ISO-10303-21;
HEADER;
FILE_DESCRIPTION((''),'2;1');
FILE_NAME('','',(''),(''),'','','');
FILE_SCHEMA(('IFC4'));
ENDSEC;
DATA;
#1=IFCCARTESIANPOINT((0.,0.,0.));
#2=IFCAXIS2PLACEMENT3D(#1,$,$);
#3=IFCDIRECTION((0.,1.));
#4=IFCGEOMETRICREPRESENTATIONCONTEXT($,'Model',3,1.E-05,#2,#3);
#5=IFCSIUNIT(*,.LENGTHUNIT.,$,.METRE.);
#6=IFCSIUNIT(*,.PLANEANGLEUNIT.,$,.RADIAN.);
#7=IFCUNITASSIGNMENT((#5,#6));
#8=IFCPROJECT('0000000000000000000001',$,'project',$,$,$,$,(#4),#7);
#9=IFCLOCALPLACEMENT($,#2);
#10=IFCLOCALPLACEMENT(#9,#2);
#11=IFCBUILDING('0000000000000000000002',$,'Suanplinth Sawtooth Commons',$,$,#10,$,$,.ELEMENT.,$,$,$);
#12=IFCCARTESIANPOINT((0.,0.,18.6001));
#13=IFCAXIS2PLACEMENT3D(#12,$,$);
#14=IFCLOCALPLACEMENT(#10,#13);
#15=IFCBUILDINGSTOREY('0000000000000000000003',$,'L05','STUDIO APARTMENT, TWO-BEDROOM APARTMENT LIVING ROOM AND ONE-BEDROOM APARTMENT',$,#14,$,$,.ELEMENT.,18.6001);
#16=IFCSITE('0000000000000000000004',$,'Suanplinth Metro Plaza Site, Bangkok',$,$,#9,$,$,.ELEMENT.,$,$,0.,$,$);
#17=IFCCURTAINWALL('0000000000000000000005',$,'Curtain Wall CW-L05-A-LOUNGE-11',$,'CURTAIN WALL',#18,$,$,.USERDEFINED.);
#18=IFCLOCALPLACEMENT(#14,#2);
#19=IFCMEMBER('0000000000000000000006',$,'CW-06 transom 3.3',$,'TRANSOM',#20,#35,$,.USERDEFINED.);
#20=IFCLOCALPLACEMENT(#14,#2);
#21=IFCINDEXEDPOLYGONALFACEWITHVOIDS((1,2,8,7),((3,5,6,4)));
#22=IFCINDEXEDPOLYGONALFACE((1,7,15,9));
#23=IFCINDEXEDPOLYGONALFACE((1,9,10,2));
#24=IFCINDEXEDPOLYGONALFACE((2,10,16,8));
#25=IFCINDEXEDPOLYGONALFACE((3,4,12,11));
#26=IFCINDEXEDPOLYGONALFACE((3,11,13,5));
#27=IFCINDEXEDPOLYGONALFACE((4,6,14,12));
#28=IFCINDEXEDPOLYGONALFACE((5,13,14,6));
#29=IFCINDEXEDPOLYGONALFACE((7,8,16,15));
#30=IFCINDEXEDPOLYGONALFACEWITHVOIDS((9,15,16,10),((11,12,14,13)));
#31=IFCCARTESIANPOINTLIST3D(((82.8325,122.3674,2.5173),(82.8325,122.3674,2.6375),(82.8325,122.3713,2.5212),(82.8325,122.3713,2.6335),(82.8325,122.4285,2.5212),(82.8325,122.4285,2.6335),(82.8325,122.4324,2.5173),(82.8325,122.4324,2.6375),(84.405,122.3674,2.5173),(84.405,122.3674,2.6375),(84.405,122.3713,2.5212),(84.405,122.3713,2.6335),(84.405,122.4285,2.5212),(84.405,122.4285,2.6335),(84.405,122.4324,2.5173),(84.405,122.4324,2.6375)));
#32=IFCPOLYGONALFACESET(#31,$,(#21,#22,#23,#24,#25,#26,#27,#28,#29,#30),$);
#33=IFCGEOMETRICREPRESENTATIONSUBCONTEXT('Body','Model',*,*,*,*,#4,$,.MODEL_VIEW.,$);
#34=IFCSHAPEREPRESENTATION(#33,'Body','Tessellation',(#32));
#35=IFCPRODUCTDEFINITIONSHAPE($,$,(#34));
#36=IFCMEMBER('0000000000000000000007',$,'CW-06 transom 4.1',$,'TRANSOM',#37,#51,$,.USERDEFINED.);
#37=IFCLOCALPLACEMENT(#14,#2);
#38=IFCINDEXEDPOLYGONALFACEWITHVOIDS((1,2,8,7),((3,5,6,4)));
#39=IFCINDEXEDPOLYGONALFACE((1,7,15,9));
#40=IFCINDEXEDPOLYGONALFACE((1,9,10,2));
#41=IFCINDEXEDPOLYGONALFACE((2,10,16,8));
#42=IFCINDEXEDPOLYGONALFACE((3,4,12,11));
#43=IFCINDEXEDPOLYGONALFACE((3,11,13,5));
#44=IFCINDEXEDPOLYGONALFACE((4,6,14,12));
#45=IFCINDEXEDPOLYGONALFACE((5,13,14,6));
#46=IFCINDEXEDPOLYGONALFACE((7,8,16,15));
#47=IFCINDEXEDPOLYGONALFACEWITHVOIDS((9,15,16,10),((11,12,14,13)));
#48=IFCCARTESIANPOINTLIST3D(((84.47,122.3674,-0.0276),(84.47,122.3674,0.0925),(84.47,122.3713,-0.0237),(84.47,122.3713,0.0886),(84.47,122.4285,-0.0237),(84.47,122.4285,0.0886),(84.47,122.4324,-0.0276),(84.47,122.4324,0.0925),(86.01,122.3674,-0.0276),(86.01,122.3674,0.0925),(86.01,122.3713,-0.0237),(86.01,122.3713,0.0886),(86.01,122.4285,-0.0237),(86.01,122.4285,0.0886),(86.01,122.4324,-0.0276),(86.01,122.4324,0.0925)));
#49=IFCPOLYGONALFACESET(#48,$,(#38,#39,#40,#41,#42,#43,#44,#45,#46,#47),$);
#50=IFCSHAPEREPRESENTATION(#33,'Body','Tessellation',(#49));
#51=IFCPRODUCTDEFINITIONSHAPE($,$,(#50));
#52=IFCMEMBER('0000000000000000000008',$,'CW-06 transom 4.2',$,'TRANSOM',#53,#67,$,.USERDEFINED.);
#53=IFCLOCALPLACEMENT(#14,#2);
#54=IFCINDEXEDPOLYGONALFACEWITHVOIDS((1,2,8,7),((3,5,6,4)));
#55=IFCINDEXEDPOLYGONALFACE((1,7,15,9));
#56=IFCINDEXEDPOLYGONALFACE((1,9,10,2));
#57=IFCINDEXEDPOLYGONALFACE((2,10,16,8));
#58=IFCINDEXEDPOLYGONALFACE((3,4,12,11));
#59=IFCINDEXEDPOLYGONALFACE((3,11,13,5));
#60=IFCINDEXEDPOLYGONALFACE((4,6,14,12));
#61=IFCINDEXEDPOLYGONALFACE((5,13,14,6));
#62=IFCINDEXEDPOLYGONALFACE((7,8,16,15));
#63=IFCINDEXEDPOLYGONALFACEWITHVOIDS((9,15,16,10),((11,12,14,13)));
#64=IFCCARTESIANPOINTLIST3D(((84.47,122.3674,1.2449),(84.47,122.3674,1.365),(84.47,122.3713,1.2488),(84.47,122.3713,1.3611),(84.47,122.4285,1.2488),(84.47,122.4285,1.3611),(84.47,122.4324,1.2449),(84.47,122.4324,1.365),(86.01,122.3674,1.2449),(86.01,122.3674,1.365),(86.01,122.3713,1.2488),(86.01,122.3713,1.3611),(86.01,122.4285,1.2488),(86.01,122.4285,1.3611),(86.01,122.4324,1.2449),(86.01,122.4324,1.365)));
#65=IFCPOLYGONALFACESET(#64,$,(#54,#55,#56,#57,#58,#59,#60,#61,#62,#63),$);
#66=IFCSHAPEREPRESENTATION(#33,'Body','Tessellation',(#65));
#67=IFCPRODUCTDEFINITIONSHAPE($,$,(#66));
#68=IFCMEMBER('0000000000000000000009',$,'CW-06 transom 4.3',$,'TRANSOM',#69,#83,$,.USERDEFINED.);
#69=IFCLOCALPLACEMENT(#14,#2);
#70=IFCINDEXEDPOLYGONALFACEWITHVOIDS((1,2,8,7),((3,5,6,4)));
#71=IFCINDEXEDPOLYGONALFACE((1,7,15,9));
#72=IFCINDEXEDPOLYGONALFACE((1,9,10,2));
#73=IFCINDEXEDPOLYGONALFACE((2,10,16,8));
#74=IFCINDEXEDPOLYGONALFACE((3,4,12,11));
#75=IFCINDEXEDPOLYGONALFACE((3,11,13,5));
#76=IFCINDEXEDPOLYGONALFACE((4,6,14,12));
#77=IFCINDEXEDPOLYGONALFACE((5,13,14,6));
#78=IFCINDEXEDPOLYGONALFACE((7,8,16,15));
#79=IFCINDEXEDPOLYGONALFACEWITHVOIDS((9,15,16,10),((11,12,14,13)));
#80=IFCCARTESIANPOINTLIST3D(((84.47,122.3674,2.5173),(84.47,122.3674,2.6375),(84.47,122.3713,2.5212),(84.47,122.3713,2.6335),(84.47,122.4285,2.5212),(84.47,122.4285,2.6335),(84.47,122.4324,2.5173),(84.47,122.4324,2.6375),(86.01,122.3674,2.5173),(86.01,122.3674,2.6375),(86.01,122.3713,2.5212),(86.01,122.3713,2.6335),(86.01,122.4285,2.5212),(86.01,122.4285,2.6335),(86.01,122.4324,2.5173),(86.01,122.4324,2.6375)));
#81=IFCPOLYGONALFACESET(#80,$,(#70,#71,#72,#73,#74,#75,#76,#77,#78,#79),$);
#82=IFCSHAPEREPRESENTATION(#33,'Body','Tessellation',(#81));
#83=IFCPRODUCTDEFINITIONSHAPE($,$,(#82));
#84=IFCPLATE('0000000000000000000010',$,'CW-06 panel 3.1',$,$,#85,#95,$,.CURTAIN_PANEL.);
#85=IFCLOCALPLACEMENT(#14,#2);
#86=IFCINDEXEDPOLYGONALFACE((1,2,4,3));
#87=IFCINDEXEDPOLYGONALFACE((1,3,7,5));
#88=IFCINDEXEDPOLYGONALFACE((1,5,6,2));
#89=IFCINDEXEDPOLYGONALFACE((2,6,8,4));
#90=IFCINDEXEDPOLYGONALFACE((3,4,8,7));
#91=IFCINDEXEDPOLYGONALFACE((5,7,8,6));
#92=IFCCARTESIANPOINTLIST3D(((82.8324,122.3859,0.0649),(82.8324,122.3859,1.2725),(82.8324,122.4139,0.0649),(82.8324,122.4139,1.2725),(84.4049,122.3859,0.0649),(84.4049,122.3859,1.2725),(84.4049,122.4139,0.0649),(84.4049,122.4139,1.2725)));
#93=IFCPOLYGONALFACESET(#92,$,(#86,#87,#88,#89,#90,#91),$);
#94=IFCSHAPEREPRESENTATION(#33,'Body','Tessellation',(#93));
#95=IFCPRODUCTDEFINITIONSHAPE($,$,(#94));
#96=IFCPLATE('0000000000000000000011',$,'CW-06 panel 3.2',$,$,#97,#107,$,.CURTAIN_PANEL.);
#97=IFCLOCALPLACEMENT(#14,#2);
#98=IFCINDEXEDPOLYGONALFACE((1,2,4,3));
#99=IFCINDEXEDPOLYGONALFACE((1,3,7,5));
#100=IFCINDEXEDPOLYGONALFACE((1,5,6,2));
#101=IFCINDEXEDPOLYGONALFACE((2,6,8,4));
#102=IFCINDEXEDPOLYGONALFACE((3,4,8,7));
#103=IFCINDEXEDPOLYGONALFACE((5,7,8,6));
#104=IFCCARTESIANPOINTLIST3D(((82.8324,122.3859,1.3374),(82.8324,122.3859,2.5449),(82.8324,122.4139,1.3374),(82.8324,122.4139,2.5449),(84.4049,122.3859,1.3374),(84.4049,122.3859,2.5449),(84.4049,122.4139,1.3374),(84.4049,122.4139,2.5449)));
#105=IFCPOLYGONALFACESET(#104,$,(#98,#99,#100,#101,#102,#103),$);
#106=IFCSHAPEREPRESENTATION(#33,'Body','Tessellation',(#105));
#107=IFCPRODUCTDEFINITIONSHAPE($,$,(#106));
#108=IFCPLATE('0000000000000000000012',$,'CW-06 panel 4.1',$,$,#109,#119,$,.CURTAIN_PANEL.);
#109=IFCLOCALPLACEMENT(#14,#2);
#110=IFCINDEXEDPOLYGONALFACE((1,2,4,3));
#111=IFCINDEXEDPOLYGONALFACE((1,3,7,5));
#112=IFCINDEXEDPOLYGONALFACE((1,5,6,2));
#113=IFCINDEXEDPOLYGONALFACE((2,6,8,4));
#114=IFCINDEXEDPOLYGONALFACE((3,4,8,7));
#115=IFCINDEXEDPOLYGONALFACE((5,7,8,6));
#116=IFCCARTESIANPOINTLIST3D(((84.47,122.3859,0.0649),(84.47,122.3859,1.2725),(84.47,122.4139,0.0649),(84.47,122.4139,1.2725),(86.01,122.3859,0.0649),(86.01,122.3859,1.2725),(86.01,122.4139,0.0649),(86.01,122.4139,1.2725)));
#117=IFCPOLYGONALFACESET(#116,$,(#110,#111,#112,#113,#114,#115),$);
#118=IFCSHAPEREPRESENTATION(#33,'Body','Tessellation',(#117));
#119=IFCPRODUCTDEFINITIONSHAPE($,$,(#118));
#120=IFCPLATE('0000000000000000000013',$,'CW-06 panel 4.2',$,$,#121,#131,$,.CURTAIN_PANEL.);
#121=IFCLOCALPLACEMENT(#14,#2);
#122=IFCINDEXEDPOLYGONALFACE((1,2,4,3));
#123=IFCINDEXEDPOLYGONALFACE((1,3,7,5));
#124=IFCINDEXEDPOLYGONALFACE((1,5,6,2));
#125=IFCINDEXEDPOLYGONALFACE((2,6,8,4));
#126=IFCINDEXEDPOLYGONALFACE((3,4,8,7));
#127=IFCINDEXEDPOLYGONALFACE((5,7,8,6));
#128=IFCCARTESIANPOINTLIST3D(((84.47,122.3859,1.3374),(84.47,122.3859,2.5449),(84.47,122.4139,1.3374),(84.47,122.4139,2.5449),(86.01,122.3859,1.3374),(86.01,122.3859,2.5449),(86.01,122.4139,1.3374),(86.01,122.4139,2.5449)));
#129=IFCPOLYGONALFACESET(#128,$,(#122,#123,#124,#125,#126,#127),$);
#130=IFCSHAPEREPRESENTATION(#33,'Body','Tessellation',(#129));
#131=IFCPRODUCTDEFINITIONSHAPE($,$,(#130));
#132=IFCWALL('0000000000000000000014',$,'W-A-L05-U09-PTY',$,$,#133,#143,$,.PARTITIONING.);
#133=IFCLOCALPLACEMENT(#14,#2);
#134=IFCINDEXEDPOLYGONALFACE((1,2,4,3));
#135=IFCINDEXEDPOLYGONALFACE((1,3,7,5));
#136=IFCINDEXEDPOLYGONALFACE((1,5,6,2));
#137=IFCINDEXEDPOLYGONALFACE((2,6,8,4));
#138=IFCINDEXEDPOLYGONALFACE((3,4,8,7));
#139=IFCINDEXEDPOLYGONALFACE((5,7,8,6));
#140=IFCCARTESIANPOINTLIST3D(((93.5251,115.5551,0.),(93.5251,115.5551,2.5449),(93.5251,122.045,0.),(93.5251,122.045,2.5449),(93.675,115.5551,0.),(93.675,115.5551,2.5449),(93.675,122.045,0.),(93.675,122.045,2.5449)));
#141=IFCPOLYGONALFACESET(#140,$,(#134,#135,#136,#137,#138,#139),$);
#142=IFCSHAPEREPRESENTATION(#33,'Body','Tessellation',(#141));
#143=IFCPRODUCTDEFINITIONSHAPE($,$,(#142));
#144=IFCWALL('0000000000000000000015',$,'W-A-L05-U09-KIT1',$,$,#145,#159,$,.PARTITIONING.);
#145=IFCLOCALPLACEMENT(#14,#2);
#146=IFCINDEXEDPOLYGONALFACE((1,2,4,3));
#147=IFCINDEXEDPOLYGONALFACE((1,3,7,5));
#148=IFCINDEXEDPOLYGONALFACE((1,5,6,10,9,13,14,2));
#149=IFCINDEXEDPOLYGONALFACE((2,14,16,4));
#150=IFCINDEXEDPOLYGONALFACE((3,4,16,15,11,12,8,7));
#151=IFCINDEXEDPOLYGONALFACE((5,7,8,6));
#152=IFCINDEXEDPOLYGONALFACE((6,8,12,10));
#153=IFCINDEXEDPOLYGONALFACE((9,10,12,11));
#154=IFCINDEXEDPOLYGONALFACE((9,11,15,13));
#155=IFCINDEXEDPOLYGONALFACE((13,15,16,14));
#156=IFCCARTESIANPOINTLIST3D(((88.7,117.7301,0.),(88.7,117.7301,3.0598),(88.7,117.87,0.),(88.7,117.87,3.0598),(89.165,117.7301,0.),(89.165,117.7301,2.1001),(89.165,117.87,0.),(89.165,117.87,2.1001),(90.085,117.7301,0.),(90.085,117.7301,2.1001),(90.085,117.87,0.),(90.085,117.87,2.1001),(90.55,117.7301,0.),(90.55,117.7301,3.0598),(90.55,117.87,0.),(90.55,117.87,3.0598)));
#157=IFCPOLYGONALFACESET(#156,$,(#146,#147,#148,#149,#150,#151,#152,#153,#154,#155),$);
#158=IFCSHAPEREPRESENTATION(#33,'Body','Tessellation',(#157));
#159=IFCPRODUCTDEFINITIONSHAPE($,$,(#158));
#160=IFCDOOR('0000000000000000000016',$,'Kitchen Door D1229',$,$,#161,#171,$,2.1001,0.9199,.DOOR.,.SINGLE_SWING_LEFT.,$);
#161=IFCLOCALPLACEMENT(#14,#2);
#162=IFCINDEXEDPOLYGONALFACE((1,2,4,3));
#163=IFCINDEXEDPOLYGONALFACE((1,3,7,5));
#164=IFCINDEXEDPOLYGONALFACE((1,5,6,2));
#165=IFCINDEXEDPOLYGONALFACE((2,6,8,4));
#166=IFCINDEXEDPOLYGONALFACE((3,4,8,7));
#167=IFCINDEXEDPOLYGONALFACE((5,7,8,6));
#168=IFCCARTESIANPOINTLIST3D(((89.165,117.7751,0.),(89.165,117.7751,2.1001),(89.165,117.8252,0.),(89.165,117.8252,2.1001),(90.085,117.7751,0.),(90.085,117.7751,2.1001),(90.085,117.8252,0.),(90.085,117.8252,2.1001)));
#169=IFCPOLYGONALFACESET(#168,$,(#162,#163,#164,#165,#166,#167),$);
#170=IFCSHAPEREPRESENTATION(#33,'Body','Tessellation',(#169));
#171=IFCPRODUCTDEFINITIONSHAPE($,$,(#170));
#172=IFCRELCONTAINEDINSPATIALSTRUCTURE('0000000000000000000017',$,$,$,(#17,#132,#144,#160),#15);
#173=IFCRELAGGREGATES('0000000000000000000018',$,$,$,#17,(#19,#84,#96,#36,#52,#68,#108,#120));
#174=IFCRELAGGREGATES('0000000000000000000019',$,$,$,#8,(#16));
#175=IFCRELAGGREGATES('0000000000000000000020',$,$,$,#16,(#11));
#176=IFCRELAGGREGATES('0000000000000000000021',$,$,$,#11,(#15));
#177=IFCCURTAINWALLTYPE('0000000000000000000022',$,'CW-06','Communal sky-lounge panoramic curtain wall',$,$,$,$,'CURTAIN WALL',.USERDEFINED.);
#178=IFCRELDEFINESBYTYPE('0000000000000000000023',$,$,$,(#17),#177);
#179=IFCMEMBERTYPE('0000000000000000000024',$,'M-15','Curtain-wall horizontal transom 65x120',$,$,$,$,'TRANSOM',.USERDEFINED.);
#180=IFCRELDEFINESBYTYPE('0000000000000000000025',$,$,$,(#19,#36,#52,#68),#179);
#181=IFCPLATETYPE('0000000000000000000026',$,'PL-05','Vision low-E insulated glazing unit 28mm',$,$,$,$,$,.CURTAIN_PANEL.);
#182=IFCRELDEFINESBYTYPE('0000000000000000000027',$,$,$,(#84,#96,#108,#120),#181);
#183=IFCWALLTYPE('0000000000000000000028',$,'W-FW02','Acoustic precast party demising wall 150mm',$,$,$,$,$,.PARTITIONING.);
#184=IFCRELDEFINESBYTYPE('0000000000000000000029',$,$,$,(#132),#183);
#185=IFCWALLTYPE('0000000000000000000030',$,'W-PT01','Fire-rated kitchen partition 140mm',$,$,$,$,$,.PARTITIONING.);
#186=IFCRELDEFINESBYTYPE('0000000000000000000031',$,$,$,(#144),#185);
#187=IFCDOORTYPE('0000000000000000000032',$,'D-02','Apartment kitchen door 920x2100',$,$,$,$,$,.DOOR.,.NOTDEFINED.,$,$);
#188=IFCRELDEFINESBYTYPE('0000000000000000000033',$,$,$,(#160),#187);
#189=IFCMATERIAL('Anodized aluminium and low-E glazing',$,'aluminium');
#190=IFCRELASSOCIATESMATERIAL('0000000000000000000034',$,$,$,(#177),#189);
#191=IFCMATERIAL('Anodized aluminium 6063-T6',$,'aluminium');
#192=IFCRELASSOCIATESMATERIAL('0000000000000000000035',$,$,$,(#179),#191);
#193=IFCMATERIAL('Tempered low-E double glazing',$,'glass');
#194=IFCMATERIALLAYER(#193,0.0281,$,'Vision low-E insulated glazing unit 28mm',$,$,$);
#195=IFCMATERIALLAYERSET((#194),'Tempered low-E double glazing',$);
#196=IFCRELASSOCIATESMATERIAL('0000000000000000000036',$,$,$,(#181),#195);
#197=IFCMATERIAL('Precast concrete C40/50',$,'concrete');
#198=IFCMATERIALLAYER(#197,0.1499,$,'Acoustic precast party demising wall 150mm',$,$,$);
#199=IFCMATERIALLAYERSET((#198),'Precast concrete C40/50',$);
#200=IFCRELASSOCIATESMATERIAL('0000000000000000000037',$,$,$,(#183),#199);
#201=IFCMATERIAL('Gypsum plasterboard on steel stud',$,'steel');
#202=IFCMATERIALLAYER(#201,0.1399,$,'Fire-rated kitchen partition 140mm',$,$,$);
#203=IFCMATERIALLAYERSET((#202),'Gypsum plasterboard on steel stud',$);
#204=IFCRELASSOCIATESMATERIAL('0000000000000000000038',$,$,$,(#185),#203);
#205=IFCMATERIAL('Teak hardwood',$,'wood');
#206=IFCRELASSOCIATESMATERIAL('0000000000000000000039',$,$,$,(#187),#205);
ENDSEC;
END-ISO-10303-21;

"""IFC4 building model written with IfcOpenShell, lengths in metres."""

from ifc_helpers import new_model, si_unit, direction, frame, frame_2d, origin, origin_2d, place, context, subcontext, project, spatial, rectangle, hollow_rectangle, extrude, material, layer, layer_set, material_profile, profile_set, type_object, element, fill, aggregate, save


model = new_model("IFC4")

# Units and contexts
model_context = context("Model", 3, precision=1e-05, world=origin(), true_north=direction((0.0, 1.0)))
body_context = subcontext(model_context, "Body", "Model", "MODEL_VIEW")
ifc_project = project(units=[si_unit("LENGTHUNIT", "METRE"), si_unit("PLANEANGLEUNIT", "RADIAN")], contexts=[model_context])

# Site, building, storey
site_placement = place(None, origin())
site = spatial("IfcSite", under=ifc_project, at=site_placement, Name="Suanplinth Metro Plaza Site, Bangkok", CompositionType="ELEMENT", RefElevation=0.0)
building_placement = place(site_placement, origin())
building = spatial("IfcBuilding", under=site, at=building_placement, Name="Suanplinth Sawtooth Commons", CompositionType="ELEMENT")
storey_placement = place(building_placement, frame((0.0, 0.0, 18.6001)))
storey = spatial("IfcBuildingStorey", under=building, at=storey_placement, Name="L05", Description="STUDIO APARTMENT, TWO-BEDROOM APARTMENT LIVING ROOM AND ONE-BEDROOM APARTMENT", CompositionType="ELEMENT", Elevation=18.6001)

# Shared definitions
ifc_material_1 = material(Name="Precast concrete C40/50", Category="concrete")

# Curtain wall, members, plates
ifc_material_2 = material(Name="Anodized aluminium and low-E glazing", Category="aluminium")
curtain_wall_type = type_object("IfcCurtainWallType", Name="CW-06", Description="Communal sky-lounge panoramic curtain wall", ElementType="CURTAIN WALL", PredefinedType="USERDEFINED", material=ifc_material_2)
curtain_wall_placement = place(storey_placement, origin())
curtain_wall = element("IfcCurtainWall", 1, at=curtain_wall_placement, inside=storey, type_object=curtain_wall_type, Name="Curtain Wall CW-L05-A-LOUNGE-11", ObjectType="CURTAIN WALL", PredefinedType="USERDEFINED")
ifc_material_3 = material(Name="Anodized aluminium 6063-T6", Category="aluminium")
ifc_material_profile_1 = material_profile(ifc_material_3, hollow_rectangle(XDim=0.0649, YDim=0.1201, WallThickness=0.0039, at=origin_2d()), Name="ALU-TRN 65x120")
ifc_profile_set_1 = profile_set([ifc_material_profile_1], Name="Anodized aluminium 6063-T6")
member_type_1 = type_object("IfcMemberType", Name="M-15", Description="Curtain-wall horizontal transom 65x120", ElementType="TRANSOM", PredefinedType="USERDEFINED", material=ifc_profile_set_1)
member_1_placement = place(storey_placement, frame((82.8325, 122.3999, 2.5774), z_axis=(1.0, 0.0, 0.0), x_axis=(0.0, 1.0, 0.0)))
member_1 = element("IfcMember", 2, at=member_1_placement, type_object=member_type_1, Name="CW-06 transom 3.3", ObjectType="TRANSOM", PredefinedType="USERDEFINED", context=body_context, shape_type="SweptSolid", body=[
    extrude(hollow_rectangle(XDim=0.0649, YDim=0.1201, WallThickness=0.0039, at=origin_2d()), origin(), (0.0, 0.0, 1.0), 1.5725),
])
member_2_placement = place(storey_placement, frame((84.47, 122.3999, 0.0325), z_axis=(1.0, 0.0, 0.0), x_axis=(0.0, 1.0, 0.0)))
member_2 = element("IfcMember", 3, at=member_2_placement, type_object=member_type_1, Name="CW-06 transom 4.1", ObjectType="TRANSOM", PredefinedType="USERDEFINED", context=body_context, shape_type="SweptSolid", body=[
    extrude(hollow_rectangle(XDim=0.0649, YDim=0.1201, WallThickness=0.0039, at=origin_2d()), origin(), (0.0, 0.0, 1.0), 1.54),
])
member_3_placement = place(storey_placement, frame((84.47, 122.3999, 1.3049), z_axis=(1.0, 0.0, 0.0), x_axis=(0.0, 1.0, 0.0)))
member_3 = element("IfcMember", 4, at=member_3_placement, type_object=member_type_1, Name="CW-06 transom 4.2", ObjectType="TRANSOM", PredefinedType="USERDEFINED", context=body_context, shape_type="SweptSolid", body=[
    extrude(hollow_rectangle(XDim=0.0649, YDim=0.1201, WallThickness=0.0039, at=origin_2d()), origin(), (0.0, 0.0, 1.0), 1.54),
])
member_4_placement = place(storey_placement, frame((84.47, 122.3999, 2.5774), z_axis=(1.0, 0.0, 0.0), x_axis=(0.0, 1.0, 0.0)))
member_4 = element("IfcMember", 5, at=member_4_placement, type_object=member_type_1, Name="CW-06 transom 4.3", ObjectType="TRANSOM", PredefinedType="USERDEFINED", context=body_context, shape_type="SweptSolid", body=[
    extrude(hollow_rectangle(XDim=0.0649, YDim=0.1201, WallThickness=0.0039, at=origin_2d()), origin(), (0.0, 0.0, 1.0), 1.54),
])
ifc_material_4 = material(Name="Tempered low-E double glazing", Category="glass")
ifc_layer_1 = layer(ifc_material_4, 0.0281, Name="Vision low-E insulated glazing unit 28mm")
ifc_layer_set_1 = layer_set([ifc_layer_1], Name="Tempered low-E double glazing")
plate_type = type_object("IfcPlateType", Name="PL-05", Description="Vision low-E insulated glazing unit 28mm", PredefinedType="CURTAIN_PANEL", material=ifc_layer_set_1)
plate_1_placement = place(storey_placement, frame((83.6187, 122.3999, 0.0649), z_axis=(0.0, 0.0, 1.0), x_axis=(1.0, 0.0, 0.0)))
plate_1 = element("IfcPlate", 6, at=plate_1_placement, type_object=plate_type, Name="CW-06 panel 3.1", PredefinedType="CURTAIN_PANEL", context=body_context, shape_type="SweptSolid", body=[
    extrude(rectangle(XDim=1.5725, YDim=0.0281, at=origin_2d()), origin(), (0.0, 0.0, 1.0), 1.2075),
])
plate_2_placement = place(storey_placement, frame((83.6187, 122.3999, 1.3374), z_axis=(0.0, 0.0, 1.0), x_axis=(1.0, 0.0, 0.0)))
plate_2 = element("IfcPlate", 7, at=plate_2_placement, type_object=plate_type, Name="CW-06 panel 3.2", PredefinedType="CURTAIN_PANEL", context=body_context, shape_type="SweptSolid", body=[
    extrude(rectangle(XDim=1.5725, YDim=0.0281, at=origin_2d()), origin(), (0.0, 0.0, 1.0), 1.2075),
])
plate_3_placement = place(storey_placement, frame((85.24, 122.3999, 0.0649), z_axis=(0.0, 0.0, 1.0), x_axis=(1.0, 0.0, 0.0)))
plate_3 = element("IfcPlate", 8, at=plate_3_placement, type_object=plate_type, Name="CW-06 panel 4.1", PredefinedType="CURTAIN_PANEL", context=body_context, shape_type="SweptSolid", body=[
    extrude(rectangle(XDim=1.54, YDim=0.0281, at=origin_2d()), origin(), (0.0, 0.0, 1.0), 1.2075),
])
plate_4_placement = place(storey_placement, frame((85.24, 122.3999, 1.3374), z_axis=(0.0, 0.0, 1.0), x_axis=(1.0, 0.0, 0.0)))
plate_4 = element("IfcPlate", 9, at=plate_4_placement, type_object=plate_type, Name="CW-06 panel 4.2", PredefinedType="CURTAIN_PANEL", context=body_context, shape_type="SweptSolid", body=[
    extrude(rectangle(XDim=1.54, YDim=0.0281, at=origin_2d()), origin(), (0.0, 0.0, 1.0), 1.2075),
])
aggregate(curtain_wall, [member_1, plate_1, plate_2, member_2, member_3, member_4, plate_3, plate_4])

# Wall
ifc_layer_2 = layer(ifc_material_1, 0.1499, Name="Acoustic precast party demising wall 150mm")
ifc_layer_set_2 = layer_set([ifc_layer_2], Name="Precast concrete C40/50")
wall_type_1 = type_object("IfcWallType", Name="W-FW02", Description="Acoustic precast party demising wall 150mm", PredefinedType="PARTITIONING", material=ifc_layer_set_2)
wall_1_placement = place(storey_placement, frame((93.6001, 115.5549, 0.0), z_axis=(0.0, 0.0, 1.0), x_axis=(0.0, 1.0, 0.0)))
element("IfcWall", 10, at=wall_1_placement, inside=storey, type_object=wall_type_1, Name="W-A-L05-U09-PTY", PredefinedType="PARTITIONING", context=body_context, shape_type="SweptSolid", body=[
    extrude(rectangle(XDim=6.49, YDim=0.1499, at=frame_2d((3.2451, 0.0))), origin(), (0.0, 0.0, 1.0), 2.5449),
])

# Wall, opening, door
ifc_material_5 = material(Name="Gypsum plasterboard on steel stud", Category="steel")
ifc_layer_3 = layer(ifc_material_5, 0.1399, Name="Fire-rated kitchen partition 140mm")
ifc_layer_set_3 = layer_set([ifc_layer_3], Name="Gypsum plasterboard on steel stud")
wall_type_2 = type_object("IfcWallType", Name="W-PT01", Description="Fire-rated kitchen partition 140mm", PredefinedType="PARTITIONING", material=ifc_layer_set_3)
wall_2_placement = place(storey_placement, frame((88.7, 117.8, 0.0), z_axis=(0.0, 0.0, 1.0), x_axis=(1.0, 0.0, 0.0)))
wall_2 = element("IfcWall", 11, at=wall_2_placement, inside=storey, type_object=wall_type_2, Name="W-A-L05-U09-KIT1", PredefinedType="PARTITIONING", context=body_context, shape_type="SweptSolid", body=[
    extrude(rectangle(XDim=1.8501, YDim=0.1399, at=frame_2d((0.925, 0.0))), origin(), (0.0, 0.0, 1.0), 3.0598),
])
opening_1_placement = place(wall_2_placement, frame((0.4651, 0.0, 0.0)))
opening_1 = element("IfcOpeningElement", 12, at=opening_1_placement, cuts=wall_2, PredefinedType="OPENING", context=body_context, shape_type="SweptSolid", body=[
    extrude(rectangle(XDim=0.9199, YDim=2.1001, at=frame_2d((0.46, 1.05))), frame((0.0, 0.085, 0.0), z_axis=(0.0, -1.0, 0.0), x_axis=(1.0, 0.0, 0.0)), (0.0, 0.0, 1.0), 0.1697),
])
ifc_material_6 = material(Name="Teak hardwood", Category="wood")
door_type_1 = type_object("IfcDoorType", Name="D-02", Description="Apartment kitchen door 920x2100", OperationType="NOTDEFINED", PredefinedType="DOOR", material=ifc_material_6)
door_1_placement = place(opening_1_placement, frame((0.9199, 0.0, 0.0), z_axis=(0.0, 0.0, 1.0), x_axis=(-1.0, 0.0, 0.0)))
door_1 = element("IfcDoor", 13, at=door_1_placement, inside=storey, type_object=door_type_1, Name="Kitchen Door D1229", OperationType="SINGLE_SWING_LEFT", OverallHeight=2.1001, OverallWidth=0.9199, PredefinedType="DOOR", context=body_context, shape_type="SweptSolid", body=[
    extrude(rectangle(XDim=0.9199, YDim=2.1001, at=frame_2d((0.46, 1.05))), frame((0.0, 0.0249, 0.0), z_axis=(0.0, -1.0, 0.0), x_axis=(1.0, 0.0, 0.0)), (0.0, 0.0, 1.0), 0.05),
])
fill(opening_1, door_1)

save(model, "model.ifc")
